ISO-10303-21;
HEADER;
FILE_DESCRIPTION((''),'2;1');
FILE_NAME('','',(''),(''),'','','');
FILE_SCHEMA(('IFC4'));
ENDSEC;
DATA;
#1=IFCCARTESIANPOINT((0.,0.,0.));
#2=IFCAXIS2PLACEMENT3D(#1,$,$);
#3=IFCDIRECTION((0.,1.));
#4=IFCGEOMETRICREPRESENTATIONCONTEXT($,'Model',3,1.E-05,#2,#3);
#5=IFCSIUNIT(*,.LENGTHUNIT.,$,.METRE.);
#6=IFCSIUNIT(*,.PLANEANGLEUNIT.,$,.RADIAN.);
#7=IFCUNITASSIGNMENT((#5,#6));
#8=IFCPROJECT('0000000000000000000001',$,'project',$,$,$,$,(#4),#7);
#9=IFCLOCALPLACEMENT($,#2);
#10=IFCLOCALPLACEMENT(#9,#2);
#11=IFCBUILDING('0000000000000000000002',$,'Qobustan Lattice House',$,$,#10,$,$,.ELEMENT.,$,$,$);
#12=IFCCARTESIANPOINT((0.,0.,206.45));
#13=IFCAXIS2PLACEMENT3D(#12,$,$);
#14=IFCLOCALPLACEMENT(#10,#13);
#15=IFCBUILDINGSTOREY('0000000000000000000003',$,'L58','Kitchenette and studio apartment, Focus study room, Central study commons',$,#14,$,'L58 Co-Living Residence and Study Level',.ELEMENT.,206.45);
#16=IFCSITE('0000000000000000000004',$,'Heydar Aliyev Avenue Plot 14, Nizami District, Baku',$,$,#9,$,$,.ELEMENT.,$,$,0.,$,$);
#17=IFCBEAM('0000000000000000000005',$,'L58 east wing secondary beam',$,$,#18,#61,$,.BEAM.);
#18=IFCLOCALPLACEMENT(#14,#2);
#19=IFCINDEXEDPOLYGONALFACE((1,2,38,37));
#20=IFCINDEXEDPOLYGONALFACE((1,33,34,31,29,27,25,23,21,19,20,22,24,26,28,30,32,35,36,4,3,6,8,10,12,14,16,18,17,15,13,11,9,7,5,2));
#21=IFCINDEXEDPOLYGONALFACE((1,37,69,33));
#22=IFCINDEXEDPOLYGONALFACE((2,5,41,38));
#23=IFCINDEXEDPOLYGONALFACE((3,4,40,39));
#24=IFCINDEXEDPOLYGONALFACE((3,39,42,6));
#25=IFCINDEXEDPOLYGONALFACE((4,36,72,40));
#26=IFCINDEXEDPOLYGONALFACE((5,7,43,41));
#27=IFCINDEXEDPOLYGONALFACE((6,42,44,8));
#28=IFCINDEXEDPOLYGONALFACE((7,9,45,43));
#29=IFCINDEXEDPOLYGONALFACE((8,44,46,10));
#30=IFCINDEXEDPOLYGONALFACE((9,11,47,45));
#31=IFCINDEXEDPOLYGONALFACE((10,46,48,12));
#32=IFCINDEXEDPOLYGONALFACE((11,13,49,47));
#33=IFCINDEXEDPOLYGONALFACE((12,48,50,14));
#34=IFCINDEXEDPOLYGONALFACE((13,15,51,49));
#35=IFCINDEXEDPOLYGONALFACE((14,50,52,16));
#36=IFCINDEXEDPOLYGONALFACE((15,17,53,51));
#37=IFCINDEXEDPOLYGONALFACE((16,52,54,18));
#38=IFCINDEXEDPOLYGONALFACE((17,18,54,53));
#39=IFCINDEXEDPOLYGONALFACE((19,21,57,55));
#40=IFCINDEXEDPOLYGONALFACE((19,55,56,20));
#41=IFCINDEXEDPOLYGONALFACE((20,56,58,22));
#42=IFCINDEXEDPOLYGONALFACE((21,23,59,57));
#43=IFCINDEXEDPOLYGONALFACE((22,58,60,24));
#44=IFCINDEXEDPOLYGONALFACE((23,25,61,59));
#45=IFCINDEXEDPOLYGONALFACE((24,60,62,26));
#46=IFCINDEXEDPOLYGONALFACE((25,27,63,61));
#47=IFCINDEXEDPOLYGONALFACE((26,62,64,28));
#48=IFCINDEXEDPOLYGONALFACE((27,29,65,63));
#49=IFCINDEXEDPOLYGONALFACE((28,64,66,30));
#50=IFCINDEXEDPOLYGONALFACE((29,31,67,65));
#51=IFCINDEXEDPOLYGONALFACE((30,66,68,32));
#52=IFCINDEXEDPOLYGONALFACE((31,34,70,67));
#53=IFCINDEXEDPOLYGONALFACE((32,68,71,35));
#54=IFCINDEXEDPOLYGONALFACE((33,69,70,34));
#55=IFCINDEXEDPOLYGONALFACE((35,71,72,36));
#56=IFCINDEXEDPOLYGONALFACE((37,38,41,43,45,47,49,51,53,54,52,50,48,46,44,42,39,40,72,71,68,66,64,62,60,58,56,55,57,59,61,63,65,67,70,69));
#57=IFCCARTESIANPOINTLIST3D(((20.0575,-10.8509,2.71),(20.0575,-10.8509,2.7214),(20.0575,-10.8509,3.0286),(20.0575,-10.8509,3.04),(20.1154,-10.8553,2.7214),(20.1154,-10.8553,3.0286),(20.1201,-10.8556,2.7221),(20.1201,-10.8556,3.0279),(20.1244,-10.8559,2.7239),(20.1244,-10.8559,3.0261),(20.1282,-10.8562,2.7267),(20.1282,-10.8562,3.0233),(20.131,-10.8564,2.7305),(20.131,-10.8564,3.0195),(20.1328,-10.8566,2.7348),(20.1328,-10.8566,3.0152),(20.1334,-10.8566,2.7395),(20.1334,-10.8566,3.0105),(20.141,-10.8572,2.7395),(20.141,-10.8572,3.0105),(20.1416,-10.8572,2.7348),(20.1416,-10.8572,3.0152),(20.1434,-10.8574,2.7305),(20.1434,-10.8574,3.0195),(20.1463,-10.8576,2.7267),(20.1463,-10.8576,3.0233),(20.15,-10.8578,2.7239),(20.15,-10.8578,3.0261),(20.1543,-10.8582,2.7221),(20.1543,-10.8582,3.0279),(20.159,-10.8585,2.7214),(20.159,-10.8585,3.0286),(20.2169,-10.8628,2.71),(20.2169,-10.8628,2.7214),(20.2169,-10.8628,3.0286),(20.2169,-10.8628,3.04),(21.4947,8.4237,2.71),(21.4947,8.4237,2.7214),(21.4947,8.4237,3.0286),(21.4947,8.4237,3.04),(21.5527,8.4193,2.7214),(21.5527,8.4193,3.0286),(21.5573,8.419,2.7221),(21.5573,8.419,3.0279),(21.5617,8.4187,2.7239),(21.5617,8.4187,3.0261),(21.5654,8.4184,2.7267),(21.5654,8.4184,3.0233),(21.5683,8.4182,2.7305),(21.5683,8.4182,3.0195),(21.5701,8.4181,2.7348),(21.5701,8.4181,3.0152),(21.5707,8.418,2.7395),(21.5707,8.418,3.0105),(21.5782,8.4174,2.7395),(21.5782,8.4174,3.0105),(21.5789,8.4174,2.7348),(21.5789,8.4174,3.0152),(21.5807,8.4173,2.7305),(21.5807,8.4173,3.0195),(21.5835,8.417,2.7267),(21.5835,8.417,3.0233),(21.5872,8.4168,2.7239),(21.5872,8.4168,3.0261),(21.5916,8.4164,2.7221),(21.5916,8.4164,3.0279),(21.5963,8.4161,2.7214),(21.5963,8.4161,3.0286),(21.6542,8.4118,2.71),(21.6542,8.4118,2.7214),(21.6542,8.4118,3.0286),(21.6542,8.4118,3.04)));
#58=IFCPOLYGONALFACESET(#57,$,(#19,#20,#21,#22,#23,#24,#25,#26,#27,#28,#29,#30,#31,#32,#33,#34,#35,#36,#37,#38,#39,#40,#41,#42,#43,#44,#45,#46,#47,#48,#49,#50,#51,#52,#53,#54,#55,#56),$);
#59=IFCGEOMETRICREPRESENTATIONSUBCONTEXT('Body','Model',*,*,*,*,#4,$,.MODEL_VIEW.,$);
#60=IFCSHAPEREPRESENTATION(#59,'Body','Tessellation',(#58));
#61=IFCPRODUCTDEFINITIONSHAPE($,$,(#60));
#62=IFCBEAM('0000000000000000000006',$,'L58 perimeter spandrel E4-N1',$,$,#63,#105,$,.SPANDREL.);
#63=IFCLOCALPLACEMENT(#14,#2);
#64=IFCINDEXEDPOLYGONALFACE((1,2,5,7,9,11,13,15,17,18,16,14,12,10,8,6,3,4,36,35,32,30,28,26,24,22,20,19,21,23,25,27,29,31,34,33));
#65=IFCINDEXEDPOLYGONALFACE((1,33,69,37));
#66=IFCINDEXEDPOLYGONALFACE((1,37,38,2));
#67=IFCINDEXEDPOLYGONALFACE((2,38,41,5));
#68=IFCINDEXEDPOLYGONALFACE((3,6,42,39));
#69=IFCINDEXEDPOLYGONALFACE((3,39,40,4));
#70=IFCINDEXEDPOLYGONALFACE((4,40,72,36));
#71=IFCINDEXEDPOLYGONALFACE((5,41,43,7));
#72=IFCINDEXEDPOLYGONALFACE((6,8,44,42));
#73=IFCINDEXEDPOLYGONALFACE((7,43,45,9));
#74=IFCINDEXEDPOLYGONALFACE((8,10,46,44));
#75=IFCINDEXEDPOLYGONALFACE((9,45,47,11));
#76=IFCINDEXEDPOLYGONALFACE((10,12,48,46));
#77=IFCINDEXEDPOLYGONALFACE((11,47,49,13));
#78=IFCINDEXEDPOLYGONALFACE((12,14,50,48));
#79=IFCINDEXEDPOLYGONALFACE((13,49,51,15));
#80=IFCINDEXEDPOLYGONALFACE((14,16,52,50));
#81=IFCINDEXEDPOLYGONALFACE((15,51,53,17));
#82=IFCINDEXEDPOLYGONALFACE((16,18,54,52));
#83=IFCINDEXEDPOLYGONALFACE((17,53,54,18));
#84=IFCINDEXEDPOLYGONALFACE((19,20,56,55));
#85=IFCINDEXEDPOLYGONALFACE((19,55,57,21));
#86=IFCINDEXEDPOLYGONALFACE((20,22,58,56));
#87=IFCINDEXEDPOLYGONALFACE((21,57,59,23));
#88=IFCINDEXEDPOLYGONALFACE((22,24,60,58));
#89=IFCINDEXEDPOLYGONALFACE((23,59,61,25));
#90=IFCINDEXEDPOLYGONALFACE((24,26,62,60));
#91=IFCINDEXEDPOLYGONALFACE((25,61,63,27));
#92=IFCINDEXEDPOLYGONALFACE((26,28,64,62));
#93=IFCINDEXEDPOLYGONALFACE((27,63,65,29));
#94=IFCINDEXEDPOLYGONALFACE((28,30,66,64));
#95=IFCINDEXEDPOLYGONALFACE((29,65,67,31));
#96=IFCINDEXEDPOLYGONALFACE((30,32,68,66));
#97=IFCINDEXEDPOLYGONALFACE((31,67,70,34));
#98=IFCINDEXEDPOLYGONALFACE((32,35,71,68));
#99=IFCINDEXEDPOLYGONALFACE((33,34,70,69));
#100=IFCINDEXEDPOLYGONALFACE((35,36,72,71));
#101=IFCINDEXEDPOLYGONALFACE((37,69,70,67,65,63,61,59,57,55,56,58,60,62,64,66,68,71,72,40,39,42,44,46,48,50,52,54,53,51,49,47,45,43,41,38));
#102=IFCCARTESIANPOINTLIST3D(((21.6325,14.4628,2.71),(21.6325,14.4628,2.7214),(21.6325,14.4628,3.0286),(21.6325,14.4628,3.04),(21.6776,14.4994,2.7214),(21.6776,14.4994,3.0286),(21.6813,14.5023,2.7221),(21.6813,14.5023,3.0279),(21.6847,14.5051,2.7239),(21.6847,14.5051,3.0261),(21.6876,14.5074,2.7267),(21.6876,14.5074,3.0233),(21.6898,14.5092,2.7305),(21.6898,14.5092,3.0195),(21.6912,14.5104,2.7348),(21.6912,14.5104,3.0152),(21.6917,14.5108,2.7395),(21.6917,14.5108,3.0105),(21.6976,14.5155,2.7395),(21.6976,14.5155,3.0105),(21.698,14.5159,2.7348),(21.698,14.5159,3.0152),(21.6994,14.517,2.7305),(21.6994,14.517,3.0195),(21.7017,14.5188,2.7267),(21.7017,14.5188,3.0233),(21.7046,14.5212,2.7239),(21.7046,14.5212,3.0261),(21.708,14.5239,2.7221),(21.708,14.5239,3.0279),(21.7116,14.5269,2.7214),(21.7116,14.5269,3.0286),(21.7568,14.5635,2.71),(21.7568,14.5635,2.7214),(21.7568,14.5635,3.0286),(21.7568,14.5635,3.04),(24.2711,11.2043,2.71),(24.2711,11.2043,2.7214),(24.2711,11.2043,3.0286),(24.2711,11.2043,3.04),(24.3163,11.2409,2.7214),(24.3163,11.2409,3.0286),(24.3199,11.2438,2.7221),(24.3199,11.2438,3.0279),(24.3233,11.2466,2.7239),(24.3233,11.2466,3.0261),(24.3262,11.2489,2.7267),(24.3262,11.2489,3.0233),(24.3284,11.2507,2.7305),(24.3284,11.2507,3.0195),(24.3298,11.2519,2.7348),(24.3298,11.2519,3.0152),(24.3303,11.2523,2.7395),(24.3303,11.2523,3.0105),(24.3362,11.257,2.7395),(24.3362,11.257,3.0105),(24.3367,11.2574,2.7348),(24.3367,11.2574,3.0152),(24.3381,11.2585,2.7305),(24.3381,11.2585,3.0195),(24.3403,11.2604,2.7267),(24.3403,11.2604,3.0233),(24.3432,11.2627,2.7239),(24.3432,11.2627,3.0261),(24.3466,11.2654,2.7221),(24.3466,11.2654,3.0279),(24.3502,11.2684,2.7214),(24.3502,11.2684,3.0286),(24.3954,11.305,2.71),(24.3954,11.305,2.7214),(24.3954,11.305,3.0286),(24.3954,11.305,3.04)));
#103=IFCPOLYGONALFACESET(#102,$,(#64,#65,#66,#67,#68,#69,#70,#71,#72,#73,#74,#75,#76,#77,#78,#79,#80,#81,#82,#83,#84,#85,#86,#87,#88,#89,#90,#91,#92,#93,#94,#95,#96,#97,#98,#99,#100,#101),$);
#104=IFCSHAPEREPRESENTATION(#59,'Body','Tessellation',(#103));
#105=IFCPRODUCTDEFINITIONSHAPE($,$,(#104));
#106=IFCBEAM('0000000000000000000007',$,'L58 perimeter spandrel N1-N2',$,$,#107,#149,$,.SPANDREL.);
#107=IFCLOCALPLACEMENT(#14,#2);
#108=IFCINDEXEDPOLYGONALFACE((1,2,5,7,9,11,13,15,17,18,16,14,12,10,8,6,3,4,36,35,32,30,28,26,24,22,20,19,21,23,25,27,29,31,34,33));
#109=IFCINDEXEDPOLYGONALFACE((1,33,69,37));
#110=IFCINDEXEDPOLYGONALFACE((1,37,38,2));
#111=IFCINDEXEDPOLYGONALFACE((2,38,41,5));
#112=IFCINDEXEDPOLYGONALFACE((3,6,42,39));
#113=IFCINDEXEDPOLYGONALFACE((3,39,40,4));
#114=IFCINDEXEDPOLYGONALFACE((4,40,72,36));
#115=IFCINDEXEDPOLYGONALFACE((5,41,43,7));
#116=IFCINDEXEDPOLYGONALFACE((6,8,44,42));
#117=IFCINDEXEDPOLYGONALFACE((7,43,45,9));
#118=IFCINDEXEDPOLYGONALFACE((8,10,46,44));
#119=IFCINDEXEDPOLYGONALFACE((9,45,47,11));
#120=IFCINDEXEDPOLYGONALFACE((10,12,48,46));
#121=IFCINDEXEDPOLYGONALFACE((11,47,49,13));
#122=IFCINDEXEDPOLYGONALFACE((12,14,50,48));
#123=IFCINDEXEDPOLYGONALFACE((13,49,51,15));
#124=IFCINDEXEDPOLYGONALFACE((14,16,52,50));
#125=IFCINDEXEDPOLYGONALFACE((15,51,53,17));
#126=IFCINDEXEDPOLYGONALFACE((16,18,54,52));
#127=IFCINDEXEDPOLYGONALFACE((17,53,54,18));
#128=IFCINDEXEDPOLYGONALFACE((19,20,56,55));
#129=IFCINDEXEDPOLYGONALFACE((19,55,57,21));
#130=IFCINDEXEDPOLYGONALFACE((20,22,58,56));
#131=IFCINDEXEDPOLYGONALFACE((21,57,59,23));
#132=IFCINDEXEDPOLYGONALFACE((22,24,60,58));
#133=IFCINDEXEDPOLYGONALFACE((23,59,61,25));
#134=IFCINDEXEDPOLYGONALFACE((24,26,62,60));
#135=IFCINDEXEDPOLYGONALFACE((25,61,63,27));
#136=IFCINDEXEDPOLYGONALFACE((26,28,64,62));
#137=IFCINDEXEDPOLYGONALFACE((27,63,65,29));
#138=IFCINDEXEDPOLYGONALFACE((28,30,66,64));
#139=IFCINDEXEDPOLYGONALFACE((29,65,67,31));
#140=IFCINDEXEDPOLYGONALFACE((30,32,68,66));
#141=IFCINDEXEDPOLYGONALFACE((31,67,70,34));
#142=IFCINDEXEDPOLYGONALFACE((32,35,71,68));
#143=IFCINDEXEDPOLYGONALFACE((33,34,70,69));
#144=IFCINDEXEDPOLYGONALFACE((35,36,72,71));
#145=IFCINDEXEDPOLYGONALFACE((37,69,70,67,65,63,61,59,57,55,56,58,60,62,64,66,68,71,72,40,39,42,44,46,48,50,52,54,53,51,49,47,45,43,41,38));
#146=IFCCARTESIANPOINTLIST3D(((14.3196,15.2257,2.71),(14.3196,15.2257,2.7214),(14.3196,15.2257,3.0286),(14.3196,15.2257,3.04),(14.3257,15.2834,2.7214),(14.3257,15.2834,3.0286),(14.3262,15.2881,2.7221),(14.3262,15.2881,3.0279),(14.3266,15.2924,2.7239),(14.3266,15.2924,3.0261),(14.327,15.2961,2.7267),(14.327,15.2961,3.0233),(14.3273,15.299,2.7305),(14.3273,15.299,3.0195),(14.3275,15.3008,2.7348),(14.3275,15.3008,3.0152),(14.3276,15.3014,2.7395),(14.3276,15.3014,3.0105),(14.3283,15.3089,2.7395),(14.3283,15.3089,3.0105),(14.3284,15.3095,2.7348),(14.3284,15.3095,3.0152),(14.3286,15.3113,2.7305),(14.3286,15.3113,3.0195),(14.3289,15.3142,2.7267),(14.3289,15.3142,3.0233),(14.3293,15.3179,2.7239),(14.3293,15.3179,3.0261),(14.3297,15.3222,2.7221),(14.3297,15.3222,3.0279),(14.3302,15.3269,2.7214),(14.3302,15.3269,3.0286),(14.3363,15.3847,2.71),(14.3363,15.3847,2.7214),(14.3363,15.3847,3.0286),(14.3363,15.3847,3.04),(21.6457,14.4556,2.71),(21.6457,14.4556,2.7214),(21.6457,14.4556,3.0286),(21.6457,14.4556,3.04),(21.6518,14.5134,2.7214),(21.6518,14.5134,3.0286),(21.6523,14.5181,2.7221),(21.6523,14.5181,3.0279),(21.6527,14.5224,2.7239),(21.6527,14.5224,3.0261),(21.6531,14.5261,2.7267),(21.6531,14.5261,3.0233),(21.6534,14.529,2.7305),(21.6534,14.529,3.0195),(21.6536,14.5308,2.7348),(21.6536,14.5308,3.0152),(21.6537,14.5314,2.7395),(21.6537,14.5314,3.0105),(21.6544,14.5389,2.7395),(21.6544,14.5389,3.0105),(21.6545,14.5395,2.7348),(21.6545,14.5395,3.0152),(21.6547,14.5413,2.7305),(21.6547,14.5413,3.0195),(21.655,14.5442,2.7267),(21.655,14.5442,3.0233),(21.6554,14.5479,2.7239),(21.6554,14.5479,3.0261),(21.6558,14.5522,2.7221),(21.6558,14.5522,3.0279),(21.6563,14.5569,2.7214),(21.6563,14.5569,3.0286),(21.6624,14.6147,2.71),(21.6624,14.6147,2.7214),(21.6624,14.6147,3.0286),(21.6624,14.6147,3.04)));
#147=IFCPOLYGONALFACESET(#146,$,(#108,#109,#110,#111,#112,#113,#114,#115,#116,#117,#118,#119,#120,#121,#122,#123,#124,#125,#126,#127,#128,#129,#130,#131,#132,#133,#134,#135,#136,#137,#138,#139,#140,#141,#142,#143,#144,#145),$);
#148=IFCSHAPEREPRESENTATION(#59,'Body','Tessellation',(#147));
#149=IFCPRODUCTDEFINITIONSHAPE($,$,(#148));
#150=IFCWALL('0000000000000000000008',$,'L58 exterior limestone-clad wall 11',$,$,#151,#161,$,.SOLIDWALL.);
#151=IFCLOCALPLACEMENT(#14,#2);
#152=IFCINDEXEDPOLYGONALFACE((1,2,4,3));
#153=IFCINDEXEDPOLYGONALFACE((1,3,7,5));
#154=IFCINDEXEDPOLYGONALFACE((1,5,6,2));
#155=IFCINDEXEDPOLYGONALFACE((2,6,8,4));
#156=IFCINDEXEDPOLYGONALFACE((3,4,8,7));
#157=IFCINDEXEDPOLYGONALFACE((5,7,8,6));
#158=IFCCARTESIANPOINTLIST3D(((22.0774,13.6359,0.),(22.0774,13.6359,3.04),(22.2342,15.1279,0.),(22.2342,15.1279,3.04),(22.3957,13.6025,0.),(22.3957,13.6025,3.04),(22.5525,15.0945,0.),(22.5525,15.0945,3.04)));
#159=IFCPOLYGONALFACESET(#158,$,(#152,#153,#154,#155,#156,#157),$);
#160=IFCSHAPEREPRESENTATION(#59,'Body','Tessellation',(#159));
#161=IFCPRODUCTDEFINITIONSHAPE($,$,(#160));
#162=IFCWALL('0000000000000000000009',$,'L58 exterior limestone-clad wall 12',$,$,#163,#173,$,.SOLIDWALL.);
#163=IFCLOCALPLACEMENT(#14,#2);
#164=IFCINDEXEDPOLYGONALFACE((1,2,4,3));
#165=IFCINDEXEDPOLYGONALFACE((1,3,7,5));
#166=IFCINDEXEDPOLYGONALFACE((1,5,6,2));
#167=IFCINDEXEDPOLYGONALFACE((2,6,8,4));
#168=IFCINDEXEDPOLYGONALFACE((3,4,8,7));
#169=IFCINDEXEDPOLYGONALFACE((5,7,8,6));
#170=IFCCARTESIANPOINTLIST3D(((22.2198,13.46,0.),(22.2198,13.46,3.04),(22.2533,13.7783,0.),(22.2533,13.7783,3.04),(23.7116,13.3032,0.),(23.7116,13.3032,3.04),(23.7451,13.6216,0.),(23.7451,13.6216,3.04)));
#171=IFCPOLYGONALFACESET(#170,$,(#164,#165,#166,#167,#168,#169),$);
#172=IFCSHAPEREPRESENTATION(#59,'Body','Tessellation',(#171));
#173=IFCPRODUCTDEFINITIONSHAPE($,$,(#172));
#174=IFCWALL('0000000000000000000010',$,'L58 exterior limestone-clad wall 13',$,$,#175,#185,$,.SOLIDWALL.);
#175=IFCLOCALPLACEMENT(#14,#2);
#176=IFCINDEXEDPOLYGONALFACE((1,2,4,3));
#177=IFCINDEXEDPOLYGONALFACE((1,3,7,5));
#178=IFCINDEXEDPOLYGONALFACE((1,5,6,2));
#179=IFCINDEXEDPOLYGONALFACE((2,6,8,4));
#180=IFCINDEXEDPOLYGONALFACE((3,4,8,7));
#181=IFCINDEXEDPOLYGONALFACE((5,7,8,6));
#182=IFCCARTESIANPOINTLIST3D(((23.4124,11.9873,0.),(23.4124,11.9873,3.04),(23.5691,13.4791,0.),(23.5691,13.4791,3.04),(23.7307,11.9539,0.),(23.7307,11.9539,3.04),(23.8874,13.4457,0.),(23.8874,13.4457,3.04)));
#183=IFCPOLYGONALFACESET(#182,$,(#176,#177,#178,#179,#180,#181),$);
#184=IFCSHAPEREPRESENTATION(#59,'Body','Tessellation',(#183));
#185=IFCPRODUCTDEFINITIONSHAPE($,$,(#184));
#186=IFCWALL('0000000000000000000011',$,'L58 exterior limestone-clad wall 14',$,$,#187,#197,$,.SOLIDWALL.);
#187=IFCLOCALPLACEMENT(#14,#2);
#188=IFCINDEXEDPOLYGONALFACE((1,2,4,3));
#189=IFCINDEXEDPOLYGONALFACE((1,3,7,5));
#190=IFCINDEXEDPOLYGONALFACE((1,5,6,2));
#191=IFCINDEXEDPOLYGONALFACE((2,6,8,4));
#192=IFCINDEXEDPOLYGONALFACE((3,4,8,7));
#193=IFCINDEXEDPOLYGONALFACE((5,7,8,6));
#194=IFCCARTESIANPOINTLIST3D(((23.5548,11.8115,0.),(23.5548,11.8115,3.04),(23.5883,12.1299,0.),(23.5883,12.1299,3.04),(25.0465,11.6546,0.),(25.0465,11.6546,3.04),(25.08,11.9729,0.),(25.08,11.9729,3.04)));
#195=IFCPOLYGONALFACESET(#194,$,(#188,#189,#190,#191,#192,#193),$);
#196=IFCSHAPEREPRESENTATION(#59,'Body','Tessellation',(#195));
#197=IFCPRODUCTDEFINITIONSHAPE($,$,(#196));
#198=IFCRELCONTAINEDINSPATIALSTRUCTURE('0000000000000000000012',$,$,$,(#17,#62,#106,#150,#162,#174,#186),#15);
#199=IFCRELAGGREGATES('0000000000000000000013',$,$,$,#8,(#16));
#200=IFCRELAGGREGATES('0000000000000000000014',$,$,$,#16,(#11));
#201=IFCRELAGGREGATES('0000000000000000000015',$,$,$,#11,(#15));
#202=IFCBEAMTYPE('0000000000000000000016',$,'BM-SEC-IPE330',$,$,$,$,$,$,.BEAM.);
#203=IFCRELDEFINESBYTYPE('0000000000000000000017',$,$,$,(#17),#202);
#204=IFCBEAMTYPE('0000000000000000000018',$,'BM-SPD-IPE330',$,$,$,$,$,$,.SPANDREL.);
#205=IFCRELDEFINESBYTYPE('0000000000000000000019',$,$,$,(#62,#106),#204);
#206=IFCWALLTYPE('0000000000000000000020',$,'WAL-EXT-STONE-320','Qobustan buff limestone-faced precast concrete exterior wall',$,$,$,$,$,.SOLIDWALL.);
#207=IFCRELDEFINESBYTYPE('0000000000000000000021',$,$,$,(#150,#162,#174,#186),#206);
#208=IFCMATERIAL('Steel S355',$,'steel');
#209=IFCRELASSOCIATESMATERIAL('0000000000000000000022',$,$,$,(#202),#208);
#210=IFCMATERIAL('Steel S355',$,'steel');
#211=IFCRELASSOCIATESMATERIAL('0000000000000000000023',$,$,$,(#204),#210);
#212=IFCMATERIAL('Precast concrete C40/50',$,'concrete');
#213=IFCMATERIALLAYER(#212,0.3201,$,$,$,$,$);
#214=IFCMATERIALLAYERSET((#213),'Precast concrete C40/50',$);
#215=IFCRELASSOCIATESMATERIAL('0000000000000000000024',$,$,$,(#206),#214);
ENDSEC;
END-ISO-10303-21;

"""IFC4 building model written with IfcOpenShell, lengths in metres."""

from ifc_helpers import new_model, si_unit, direction, frame, frame_2d, origin, origin_2d, place, context, subcontext, project, spatial, rectangle, i_section, extrude, material, layer, layer_set, material_profile, profile_set, type_object, element, save


model = new_model("IFC4")

# Units and contexts
model_context = context("Model", 3, precision=1e-05, world=origin(), true_north=direction((0.0, 1.0)))
body_context = subcontext(model_context, "Body", "Model", "MODEL_VIEW")
ifc_project = project(units=[si_unit("LENGTHUNIT", "METRE"), si_unit("PLANEANGLEUNIT", "RADIAN")], contexts=[model_context])

# Site, building, storey
site_placement = place(None, origin())
site = spatial("IfcSite", under=ifc_project, at=site_placement, Name="Heydar Aliyev Avenue Plot 14, Nizami District, Baku", CompositionType="ELEMENT", RefElevation=0.0)
building_placement = place(site_placement, origin())
building = spatial("IfcBuilding", under=site, at=building_placement, Name="Qobustan Lattice House", CompositionType="ELEMENT")
storey_placement = place(building_placement, frame((0.0, 0.0, 206.45)))
storey = spatial("IfcBuildingStorey", under=building, at=storey_placement, Name="L58", Description="Kitchenette and studio apartment, Focus study room, Central study commons", LongName="L58 Co-Living Residence and Study Level", CompositionType="ELEMENT", Elevation=206.45)

# Beams
ifc_material_1 = material(Name="Steel S355", Category="steel")
ifc_material_profile_1 = material_profile(ifc_material_1, i_section(OverallWidth=0.1599, OverallDepth=0.3301, WebThickness=0.0076, FlangeThickness=0.0115, FilletRadius=0.0181, at=origin_2d()), Name="IPE330")
ifc_profile_set_1 = profile_set([ifc_material_profile_1], Name="Steel S355")
beam_type_1 = type_object("IfcBeamType", Name="BM-SEC-IPE330", PredefinedType="BEAM", material=ifc_profile_set_1)
beam_1_placement = place(storey_placement, frame((21.5745, 8.4177, 2.875), z_axis=(-0.074361, -0.997231, 0.0), x_axis=(0.997231, -0.074361, 0.0)))
element("IfcBeam", 1, at=beam_1_placement, inside=storey, type_object=beam_type_1, Name="L58 east wing secondary beam", PredefinedType="BEAM", context=body_context, shape_type="SweptSolid", body=[
    extrude(i_section(OverallWidth=0.1599, OverallDepth=0.3301, WebThickness=0.0076, FlangeThickness=0.0115, FilletRadius=0.0181, at=origin_2d()), origin(), (0.0, 0.0, 1.0), 19.3281),
])
ifc_material_2 = material(Name="Steel S355", Category="steel")
ifc_material_profile_2 = material_profile(ifc_material_2, i_section(OverallWidth=0.1599, OverallDepth=0.3301, WebThickness=0.0076, FlangeThickness=0.0115, FilletRadius=0.0181, at=origin_2d()), Name="IPE330")
ifc_profile_set_2 = profile_set([ifc_material_profile_2], Name="Steel S355")
beam_type_2 = type_object("IfcBeamType", Name="BM-SPD-IPE330", PredefinedType="SPANDREL", material=ifc_profile_set_2)
beam_2_placement = place(storey_placement, frame((24.3333, 11.2546, 2.875), z_axis=(-0.629314, 0.777151, 0.0), x_axis=(-0.777151, -0.629314, 0.0)))
element("IfcBeam", 2, at=beam_2_placement, inside=storey, type_object=beam_type_2, Name="L58 perimeter spandrel E4-N1", PredefinedType="SPANDREL", context=body_context, shape_type="SweptSolid", body=[
    extrude(i_section(OverallWidth=0.1599, OverallDepth=0.3301, WebThickness=0.0076, FlangeThickness=0.0115, FilletRadius=0.0181, at=origin_2d()), origin(), (0.0, 0.0, 1.0), 4.1929),
])
beam_3_placement = place(storey_placement, frame((21.6541, 14.5352, 2.875), z_axis=(-0.994522, 0.10453, 0.0), x_axis=(-0.10453, -0.994522, 0.0)))
element("IfcBeam", 3, at=beam_3_placement, inside=storey, type_object=beam_type_2, Name="L58 perimeter spandrel N1-N2", PredefinedType="SPANDREL", context=body_context, shape_type="SweptSolid", body=[
    extrude(i_section(OverallWidth=0.1599, OverallDepth=0.3301, WebThickness=0.0076, FlangeThickness=0.0115, FilletRadius=0.0181, at=origin_2d()), origin(), (0.0, 0.0, 1.0), 7.3665),
])

# Walls
ifc_material_3 = material(Name="Precast concrete C40/50", Category="concrete")
ifc_layer_1 = layer(ifc_material_3, 0.3201)
ifc_layer_set_1 = layer_set([ifc_layer_1], Name="Precast concrete C40/50")
wall_type_1 = type_object("IfcWallType", Name="WAL-EXT-STONE-320", Description="Qobustan buff limestone-faced precast concrete exterior wall", PredefinedType="SOLIDWALL", material=ifc_layer_set_1)
wall_1_placement = place(storey_placement, frame((22.3933, 15.1111, 0.0), z_axis=(0.0, 0.0, 1.0), x_axis=(-0.104481, -0.994527, 0.0)))
element("IfcWall", 4, at=wall_1_placement, inside=storey, type_object=wall_type_1, Name="L58 exterior limestone-clad wall 11", PredefinedType="SOLIDWALL", context=body_context, shape_type="SweptSolid", body=[
    extrude(rectangle(XDim=1.5002, YDim=0.3201, at=frame_2d((0.75, 0.0))), origin(), (0.0, 0.0, 1.0), 3.04),
])
for number, where, z_axis, x_axis, name in (
    (5, (22.2366, 13.6191, 0.0), (0.0, 0.0, 1.0), (0.994525, -0.104498, 0.0), "L58 exterior limestone-clad wall 12"),
    (6, (23.7283, 13.4624, 0.0), (0.0, 0.0, 1.0), (-0.104498, -0.994525, 0.0), "L58 exterior limestone-clad wall 13"),
    (7, (23.5715, 11.9707, 0.0), (0.0, 0.0, 1.0), (0.994508, -0.104659, 0.0), "L58 exterior limestone-clad wall 14"),
):
    element("IfcWall", number, at=place(storey_placement, frame(where, z_axis=z_axis, x_axis=x_axis)), inside=storey, type_object=wall_type_1, Name=name, PredefinedType="SOLIDWALL", context=body_context, shape_type="SweptSolid", body=[
        extrude(rectangle(XDim=1.5, YDim=0.3201, at=frame_2d((0.75, 0.0))), origin(), (0.0, 0.0, 1.0), 3.04),
    ])

save(model, "model.ifc")
